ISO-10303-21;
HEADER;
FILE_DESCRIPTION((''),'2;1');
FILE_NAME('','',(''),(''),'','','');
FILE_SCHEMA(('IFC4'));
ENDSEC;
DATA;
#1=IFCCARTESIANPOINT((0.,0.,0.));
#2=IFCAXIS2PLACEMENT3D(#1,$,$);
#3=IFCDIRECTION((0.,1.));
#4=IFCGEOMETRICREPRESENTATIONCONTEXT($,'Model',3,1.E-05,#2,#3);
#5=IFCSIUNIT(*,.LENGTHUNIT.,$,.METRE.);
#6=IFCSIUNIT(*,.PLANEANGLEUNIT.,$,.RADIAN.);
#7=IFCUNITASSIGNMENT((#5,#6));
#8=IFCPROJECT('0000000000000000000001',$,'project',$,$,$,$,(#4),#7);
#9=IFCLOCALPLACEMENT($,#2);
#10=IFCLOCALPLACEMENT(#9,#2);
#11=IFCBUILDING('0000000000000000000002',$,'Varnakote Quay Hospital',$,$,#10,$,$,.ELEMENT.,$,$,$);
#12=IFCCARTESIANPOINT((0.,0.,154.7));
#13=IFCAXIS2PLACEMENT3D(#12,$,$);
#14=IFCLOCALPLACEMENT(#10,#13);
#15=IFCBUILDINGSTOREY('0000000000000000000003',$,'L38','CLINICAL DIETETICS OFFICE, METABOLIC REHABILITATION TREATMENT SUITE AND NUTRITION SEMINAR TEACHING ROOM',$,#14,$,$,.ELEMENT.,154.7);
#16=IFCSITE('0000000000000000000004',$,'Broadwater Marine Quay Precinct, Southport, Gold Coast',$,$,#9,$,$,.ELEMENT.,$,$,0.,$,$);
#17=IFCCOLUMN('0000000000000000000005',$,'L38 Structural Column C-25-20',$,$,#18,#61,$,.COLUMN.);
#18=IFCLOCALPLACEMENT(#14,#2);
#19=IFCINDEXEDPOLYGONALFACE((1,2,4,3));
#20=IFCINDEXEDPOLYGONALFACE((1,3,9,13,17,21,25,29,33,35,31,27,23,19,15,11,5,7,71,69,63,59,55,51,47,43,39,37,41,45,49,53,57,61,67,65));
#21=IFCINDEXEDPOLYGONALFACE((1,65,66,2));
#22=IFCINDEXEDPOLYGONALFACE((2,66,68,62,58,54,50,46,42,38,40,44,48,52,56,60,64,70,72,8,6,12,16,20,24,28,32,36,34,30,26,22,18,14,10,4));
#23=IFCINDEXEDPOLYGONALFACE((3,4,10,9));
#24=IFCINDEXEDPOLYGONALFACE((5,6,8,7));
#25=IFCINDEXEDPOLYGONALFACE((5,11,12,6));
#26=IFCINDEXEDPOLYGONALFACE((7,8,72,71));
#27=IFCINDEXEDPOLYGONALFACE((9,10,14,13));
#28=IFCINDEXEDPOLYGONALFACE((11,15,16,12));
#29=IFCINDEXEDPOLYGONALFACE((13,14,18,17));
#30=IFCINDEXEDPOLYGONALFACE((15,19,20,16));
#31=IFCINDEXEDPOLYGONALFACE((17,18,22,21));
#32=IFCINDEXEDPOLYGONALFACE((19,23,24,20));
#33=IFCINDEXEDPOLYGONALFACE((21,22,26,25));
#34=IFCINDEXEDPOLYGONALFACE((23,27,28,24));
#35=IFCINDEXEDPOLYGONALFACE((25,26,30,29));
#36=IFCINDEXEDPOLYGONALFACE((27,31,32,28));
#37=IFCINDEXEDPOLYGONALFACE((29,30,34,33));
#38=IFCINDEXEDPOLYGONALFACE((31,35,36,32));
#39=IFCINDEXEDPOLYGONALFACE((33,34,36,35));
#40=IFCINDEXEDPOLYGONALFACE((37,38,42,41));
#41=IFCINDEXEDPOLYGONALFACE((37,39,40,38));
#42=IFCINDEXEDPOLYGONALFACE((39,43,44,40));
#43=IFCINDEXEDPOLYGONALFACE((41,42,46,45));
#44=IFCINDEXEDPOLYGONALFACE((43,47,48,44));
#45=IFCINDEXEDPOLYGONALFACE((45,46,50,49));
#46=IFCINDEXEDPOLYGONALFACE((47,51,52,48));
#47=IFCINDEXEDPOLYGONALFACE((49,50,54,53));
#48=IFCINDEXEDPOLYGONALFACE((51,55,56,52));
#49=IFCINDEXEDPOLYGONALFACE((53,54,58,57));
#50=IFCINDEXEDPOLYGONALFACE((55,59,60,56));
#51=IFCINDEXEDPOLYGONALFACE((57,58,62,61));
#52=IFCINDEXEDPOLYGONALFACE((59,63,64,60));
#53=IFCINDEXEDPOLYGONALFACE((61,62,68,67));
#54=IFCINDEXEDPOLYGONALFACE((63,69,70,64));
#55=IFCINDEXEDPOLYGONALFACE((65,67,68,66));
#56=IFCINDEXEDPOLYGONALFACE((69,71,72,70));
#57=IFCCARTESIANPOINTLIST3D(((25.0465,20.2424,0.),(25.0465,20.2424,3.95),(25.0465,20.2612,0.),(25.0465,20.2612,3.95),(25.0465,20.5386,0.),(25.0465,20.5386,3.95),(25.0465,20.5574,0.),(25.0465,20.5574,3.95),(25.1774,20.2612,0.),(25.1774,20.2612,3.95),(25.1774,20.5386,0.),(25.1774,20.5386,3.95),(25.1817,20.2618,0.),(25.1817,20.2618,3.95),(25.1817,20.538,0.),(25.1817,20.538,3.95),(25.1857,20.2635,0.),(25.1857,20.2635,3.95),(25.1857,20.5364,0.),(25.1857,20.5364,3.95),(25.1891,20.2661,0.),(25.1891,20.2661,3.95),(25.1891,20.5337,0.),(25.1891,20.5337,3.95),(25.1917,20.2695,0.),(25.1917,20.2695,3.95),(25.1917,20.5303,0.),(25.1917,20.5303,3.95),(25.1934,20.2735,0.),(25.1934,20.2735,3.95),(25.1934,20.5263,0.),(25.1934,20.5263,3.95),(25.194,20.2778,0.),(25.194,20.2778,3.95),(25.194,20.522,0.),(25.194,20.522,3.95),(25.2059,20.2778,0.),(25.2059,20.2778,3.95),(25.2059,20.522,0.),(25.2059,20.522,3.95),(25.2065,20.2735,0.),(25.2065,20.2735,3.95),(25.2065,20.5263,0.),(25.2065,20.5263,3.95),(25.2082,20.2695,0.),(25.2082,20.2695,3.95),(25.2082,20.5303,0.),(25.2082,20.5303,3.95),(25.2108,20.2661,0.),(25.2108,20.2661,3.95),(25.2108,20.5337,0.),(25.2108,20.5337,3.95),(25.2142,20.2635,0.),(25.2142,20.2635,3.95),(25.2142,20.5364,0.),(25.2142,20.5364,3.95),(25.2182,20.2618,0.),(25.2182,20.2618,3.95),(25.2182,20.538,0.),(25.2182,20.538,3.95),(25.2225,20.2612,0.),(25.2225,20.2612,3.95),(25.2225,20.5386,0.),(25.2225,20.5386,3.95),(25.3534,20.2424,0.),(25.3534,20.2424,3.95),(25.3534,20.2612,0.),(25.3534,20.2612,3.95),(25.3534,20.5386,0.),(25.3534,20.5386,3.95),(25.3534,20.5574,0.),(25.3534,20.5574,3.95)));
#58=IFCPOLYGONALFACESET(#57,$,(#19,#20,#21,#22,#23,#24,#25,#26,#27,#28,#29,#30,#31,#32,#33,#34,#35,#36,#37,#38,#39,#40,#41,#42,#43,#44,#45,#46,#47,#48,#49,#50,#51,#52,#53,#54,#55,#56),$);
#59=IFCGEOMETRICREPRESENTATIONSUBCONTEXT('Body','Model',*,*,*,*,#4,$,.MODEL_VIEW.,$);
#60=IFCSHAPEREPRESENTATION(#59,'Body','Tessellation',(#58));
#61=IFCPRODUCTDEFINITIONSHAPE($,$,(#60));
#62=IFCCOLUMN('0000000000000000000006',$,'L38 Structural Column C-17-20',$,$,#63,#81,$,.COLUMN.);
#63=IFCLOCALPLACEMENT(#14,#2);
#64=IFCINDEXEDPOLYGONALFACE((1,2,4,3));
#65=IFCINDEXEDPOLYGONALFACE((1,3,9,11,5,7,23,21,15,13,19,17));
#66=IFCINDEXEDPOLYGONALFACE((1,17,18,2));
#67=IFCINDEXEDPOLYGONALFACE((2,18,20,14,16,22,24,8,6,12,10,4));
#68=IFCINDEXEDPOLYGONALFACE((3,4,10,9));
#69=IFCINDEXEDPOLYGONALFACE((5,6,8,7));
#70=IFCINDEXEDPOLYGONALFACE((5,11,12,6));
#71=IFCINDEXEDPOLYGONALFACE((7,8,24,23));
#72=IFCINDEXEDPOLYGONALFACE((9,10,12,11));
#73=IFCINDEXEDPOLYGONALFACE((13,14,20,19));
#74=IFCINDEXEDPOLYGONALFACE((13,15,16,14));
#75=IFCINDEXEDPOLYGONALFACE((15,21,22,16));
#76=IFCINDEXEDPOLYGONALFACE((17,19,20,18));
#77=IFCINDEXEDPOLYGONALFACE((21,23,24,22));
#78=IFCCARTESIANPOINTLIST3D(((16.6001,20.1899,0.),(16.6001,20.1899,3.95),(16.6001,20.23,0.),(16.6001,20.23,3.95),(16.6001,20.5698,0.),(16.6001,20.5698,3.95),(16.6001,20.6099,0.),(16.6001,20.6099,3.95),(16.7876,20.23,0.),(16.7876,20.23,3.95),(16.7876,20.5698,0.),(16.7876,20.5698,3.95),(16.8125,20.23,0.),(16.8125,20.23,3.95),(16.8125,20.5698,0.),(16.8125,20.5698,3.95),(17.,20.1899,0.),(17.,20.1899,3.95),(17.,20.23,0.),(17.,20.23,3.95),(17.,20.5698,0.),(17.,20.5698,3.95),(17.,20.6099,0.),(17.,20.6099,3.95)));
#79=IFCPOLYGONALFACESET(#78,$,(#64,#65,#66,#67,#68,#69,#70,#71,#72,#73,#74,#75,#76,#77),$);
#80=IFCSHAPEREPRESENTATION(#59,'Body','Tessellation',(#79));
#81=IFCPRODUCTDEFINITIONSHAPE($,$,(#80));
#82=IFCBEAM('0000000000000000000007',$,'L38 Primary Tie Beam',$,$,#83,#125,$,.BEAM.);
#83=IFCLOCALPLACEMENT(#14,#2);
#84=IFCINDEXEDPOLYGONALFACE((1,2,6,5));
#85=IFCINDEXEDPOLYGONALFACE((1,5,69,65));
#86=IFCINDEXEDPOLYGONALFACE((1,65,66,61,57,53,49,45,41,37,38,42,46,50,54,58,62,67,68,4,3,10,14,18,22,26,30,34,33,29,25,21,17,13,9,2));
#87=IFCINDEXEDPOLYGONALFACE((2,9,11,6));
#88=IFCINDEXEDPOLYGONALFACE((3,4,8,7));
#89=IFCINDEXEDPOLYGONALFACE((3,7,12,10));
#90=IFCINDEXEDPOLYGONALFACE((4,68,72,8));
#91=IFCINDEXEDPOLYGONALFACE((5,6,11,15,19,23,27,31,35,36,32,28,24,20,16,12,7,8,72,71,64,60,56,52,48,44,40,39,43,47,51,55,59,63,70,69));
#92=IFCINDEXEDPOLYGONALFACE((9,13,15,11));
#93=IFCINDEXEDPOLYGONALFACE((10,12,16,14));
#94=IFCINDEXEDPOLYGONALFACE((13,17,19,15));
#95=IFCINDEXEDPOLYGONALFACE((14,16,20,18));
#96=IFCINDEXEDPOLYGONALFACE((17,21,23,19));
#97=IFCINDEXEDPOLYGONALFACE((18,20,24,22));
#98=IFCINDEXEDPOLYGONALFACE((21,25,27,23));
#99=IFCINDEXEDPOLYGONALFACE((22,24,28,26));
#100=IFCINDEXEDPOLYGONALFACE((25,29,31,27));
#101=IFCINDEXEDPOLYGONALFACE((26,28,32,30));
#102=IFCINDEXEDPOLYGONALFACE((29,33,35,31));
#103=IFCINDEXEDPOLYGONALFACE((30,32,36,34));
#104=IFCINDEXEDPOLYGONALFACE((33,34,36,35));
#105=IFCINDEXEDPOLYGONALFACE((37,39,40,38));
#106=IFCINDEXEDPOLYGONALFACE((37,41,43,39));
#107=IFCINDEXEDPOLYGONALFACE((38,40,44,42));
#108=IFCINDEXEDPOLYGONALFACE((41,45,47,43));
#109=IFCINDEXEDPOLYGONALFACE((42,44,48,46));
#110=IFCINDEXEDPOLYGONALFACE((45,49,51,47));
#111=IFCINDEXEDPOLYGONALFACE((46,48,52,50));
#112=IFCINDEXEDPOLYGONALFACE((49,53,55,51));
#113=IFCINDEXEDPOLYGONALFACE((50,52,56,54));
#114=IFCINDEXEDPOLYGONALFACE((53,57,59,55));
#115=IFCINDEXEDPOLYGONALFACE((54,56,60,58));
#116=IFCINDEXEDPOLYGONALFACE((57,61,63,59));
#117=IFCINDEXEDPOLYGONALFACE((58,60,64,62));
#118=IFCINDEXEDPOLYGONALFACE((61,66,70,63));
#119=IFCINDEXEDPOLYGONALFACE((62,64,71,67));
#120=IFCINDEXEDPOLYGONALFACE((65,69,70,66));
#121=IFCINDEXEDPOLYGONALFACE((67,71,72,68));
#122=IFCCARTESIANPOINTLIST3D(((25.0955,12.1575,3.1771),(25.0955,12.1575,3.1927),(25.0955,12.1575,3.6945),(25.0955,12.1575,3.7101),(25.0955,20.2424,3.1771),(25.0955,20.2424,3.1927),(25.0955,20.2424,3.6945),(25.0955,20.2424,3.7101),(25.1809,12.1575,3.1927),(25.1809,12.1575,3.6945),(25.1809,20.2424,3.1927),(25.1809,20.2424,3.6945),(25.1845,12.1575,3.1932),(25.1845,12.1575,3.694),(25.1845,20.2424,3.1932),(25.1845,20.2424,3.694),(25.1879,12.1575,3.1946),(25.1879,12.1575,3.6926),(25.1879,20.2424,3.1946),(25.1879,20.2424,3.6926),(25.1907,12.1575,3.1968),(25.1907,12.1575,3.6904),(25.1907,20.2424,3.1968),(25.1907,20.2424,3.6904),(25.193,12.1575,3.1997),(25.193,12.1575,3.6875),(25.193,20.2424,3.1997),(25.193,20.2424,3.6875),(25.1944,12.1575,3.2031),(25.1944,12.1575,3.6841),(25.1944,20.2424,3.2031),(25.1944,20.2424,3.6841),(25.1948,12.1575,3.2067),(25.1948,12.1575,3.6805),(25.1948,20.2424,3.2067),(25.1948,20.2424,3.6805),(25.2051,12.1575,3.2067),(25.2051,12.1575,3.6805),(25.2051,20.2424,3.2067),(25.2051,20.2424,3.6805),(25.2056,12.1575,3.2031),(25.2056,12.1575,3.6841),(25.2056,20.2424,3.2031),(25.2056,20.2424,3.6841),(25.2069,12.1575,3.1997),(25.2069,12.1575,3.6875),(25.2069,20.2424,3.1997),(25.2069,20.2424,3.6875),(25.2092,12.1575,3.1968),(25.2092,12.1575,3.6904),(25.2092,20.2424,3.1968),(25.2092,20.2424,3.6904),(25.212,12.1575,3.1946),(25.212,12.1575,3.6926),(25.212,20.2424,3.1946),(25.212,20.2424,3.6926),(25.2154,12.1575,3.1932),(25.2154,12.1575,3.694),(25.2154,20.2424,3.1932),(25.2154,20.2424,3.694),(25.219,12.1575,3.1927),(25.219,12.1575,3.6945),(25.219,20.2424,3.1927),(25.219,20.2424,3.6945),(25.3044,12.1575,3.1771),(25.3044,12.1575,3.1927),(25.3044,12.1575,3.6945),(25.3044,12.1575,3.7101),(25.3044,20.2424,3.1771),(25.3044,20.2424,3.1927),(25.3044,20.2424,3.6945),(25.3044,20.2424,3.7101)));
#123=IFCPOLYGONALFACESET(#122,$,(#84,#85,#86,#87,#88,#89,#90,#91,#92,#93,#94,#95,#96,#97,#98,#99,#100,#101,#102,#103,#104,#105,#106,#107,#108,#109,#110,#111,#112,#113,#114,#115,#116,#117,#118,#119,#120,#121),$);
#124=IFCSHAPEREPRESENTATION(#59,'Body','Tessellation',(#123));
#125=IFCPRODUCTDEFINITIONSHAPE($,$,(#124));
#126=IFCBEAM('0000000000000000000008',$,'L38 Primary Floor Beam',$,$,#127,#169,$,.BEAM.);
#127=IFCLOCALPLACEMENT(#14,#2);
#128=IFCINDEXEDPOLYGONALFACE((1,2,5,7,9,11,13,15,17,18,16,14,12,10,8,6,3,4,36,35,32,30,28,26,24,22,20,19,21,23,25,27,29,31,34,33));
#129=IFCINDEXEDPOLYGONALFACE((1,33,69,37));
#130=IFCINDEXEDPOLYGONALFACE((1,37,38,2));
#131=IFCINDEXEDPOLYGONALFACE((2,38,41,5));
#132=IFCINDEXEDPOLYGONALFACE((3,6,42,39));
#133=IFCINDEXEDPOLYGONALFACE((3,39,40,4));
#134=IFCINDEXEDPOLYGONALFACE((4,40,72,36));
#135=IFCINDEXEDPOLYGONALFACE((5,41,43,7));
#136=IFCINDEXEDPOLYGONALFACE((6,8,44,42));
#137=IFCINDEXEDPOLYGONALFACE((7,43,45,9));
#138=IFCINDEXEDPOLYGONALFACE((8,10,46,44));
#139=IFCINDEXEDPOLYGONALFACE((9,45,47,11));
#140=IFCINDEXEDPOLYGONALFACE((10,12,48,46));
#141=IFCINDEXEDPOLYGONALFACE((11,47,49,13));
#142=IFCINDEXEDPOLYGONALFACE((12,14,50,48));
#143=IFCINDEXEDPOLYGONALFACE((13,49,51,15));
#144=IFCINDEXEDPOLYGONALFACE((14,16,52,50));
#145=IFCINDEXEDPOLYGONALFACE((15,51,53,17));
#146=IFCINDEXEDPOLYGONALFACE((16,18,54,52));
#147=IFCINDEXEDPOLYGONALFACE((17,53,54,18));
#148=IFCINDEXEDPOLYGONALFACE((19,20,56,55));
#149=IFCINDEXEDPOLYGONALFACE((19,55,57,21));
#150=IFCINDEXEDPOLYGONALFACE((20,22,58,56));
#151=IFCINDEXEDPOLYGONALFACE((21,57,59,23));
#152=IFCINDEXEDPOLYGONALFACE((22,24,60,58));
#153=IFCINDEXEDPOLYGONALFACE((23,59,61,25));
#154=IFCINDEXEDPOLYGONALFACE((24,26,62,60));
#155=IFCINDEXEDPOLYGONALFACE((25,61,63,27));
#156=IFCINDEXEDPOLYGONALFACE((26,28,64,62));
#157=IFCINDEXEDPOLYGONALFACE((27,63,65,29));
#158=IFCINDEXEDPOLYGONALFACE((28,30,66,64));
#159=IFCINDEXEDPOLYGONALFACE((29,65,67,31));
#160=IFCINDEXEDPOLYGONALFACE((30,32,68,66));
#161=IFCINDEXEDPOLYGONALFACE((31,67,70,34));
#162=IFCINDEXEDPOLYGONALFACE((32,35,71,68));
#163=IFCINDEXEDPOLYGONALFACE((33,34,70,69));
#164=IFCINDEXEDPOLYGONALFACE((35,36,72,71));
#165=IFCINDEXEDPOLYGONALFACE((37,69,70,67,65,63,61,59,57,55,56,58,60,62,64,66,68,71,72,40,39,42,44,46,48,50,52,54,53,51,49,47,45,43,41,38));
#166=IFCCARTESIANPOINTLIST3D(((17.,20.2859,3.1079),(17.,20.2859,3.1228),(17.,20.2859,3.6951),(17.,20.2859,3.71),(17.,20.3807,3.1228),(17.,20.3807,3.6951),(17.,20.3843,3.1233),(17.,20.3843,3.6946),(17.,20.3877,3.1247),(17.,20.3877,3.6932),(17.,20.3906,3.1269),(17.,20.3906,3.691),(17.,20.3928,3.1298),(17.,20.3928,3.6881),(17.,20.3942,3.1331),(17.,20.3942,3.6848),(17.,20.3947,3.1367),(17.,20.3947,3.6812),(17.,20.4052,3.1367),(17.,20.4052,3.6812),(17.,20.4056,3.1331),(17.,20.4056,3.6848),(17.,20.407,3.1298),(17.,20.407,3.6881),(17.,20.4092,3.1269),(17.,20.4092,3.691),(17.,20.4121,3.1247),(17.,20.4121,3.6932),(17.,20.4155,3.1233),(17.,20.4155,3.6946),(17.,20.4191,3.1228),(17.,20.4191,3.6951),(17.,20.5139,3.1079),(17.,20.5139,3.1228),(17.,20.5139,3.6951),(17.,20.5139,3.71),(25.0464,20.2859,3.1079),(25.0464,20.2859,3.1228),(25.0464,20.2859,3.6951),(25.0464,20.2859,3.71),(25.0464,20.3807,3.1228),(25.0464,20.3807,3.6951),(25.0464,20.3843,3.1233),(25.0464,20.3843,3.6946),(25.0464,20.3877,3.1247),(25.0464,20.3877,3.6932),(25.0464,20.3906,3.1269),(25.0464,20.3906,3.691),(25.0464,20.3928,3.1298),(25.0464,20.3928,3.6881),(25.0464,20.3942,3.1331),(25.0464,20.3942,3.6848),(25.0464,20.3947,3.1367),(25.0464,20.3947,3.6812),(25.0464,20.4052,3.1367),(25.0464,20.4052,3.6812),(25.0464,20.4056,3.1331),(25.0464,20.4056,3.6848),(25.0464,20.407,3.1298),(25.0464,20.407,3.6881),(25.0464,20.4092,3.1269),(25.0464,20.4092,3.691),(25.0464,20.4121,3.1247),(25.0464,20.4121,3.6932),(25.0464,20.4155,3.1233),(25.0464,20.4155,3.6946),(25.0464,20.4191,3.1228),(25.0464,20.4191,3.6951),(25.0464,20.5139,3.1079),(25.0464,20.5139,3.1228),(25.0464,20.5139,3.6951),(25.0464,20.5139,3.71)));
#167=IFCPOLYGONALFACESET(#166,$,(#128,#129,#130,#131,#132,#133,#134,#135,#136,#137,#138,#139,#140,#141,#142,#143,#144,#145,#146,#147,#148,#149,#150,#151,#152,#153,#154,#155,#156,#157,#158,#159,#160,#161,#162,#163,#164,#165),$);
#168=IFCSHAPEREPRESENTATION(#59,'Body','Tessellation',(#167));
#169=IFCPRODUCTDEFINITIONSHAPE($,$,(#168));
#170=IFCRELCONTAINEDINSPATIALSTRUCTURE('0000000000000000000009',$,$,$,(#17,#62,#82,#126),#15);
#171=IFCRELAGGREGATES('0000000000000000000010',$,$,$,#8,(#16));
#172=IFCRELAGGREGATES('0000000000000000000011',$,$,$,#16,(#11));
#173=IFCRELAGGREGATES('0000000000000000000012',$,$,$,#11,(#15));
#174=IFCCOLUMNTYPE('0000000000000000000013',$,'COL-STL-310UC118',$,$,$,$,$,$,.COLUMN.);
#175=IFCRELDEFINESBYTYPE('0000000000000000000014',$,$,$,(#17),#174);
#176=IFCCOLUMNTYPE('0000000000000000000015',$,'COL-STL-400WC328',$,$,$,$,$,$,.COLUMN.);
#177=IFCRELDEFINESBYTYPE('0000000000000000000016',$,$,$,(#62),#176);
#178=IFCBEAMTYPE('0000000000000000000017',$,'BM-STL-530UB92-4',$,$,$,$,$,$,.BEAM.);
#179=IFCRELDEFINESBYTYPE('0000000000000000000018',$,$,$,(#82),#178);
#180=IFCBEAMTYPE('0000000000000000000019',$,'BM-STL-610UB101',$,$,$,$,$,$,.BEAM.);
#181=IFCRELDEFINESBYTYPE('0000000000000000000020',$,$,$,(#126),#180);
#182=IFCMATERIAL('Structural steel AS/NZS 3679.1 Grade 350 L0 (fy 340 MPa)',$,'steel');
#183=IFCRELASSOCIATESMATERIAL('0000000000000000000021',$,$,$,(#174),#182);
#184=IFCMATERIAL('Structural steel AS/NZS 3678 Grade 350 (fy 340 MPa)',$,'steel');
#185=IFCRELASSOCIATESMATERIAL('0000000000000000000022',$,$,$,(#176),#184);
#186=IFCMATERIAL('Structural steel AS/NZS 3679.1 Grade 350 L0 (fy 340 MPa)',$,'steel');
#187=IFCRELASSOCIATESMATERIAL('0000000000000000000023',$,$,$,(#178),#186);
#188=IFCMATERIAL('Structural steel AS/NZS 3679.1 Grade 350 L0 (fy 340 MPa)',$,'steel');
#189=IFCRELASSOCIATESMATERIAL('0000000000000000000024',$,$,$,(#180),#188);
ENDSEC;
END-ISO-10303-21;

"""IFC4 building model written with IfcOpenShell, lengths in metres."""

from ifc_helpers import new_model, si_unit, direction, frame, origin, origin_2d, place, context, subcontext, project, spatial, i_section, extrude, material, material_profile, profile_set, type_object, element, save


model = new_model("IFC4")

# Units and contexts
model_context = context("Model", 3, precision=1e-05, world=origin(), true_north=direction((0.0, 1.0)))
body_context = subcontext(model_context, "Body", "Model", "MODEL_VIEW")
ifc_project = project(units=[si_unit("LENGTHUNIT", "METRE"), si_unit("PLANEANGLEUNIT", "RADIAN")], contexts=[model_context])

# Site, building, storey
site_placement = place(None, origin())
site = spatial("IfcSite", under=ifc_project, at=site_placement, Name="Broadwater Marine Quay Precinct, Southport, Gold Coast", CompositionType="ELEMENT", RefElevation=0.0)
building_placement = place(site_placement, origin())
building = spatial("IfcBuilding", under=site, at=building_placement, Name="Varnakote Quay Hospital", CompositionType="ELEMENT")
storey_placement = place(building_placement, frame((0.0, 0.0, 154.7)))
storey = spatial("IfcBuildingStorey", under=building, at=storey_placement, Name="L38", Description="CLINICAL DIETETICS OFFICE, METABOLIC REHABILITATION TREATMENT SUITE AND NUTRITION SEMINAR TEACHING ROOM", CompositionType="ELEMENT", Elevation=154.7)

# Columns
ifc_material_1 = material(Name="Structural steel AS/NZS 3679.1 Grade 350 L0 (fy 340 MPa)", Category="steel")
ifc_material_profile_1 = material_profile(ifc_material_1, i_section(OverallWidth=0.3069, OverallDepth=0.3149, WebThickness=0.012, FlangeThickness=0.0188, FilletRadius=0.0166, at=origin_2d()), Name="310UC118")
ifc_profile_set_1 = profile_set([ifc_material_profile_1], Name="Structural steel AS/NZS 3679.1 Grade 350 L0 (fy 340 MPa)")
column_type_1 = type_object("IfcColumnType", Name="COL-STL-310UC118", PredefinedType="COLUMN", material=ifc_profile_set_1)
column_1_placement = place(storey_placement, frame((25.2, 20.3999, 0.0), z_axis=(0.0, 0.0, 1.0), x_axis=(1.0, 0.0, 0.0)))
element("IfcColumn", 1, at=column_1_placement, inside=storey, type_object=column_type_1, Name="L38 Structural Column C-25-20", PredefinedType="COLUMN", context=body_context, shape_type="SweptSolid", body=[
    extrude(i_section(OverallWidth=0.3069, OverallDepth=0.3149, WebThickness=0.012, FlangeThickness=0.0188, FilletRadius=0.0166, at=origin_2d()), origin(), (0.0, 0.0, 1.0), 3.95),
])
ifc_material_2 = material(Name="Structural steel AS/NZS 3678 Grade 350 (fy 340 MPa)", Category="steel")
ifc_material_profile_2 = material_profile(ifc_material_2, i_section(OverallWidth=0.3999, OverallDepth=0.4199, WebThickness=0.0249, FlangeThickness=0.04, at=origin_2d()), Name="400WC328")
ifc_profile_set_2 = profile_set([ifc_material_profile_2], Name="Structural steel AS/NZS 3678 Grade 350 (fy 340 MPa)")
column_type_2 = type_object("IfcColumnType", Name="COL-STL-400WC328", PredefinedType="COLUMN", material=ifc_profile_set_2)
column_2_placement = place(storey_placement, frame((16.8, 20.3999, 0.0), z_axis=(0.0, 0.0, 1.0), x_axis=(1.0, 0.0, 0.0)))
element("IfcColumn", 2, at=column_2_placement, inside=storey, type_object=column_type_2, Name="L38 Structural Column C-17-20", PredefinedType="COLUMN", context=body_context, shape_type="SweptSolid", body=[
    extrude(i_section(OverallWidth=0.3999, OverallDepth=0.4199, WebThickness=0.0249, FlangeThickness=0.04, at=origin_2d()), origin(), (0.0, 0.0, 1.0), 3.95),
])

# Beams
ifc_material_3 = material(Name="Structural steel AS/NZS 3679.1 Grade 350 L0 (fy 340 MPa)", Category="steel")
ifc_material_profile_3 = material_profile(ifc_material_3, i_section(OverallWidth=0.209, OverallDepth=0.533, WebThickness=0.0103, FlangeThickness=0.0156, FilletRadius=0.0139, at=origin_2d()), Name="530UB92.4")
ifc_profile_set_3 = profile_set([ifc_material_profile_3], Name="Structural steel AS/NZS 3679.1 Grade 350 L0 (fy 340 MPa)")
beam_type_1 = type_object("IfcBeamType", Name="BM-STL-530UB92-4", PredefinedType="BEAM", material=ifc_profile_set_3)
beam_1_placement = place(storey_placement, frame((25.2, 12.1575, 3.4436), z_axis=(0.0, 1.0, 0.0), x_axis=(-1.0, 0.0, 0.0)))
element("IfcBeam", 3, at=beam_1_placement, inside=storey, type_object=beam_type_1, Name="L38 Primary Tie Beam", PredefinedType="BEAM", context=body_context, shape_type="SweptSolid", body=[
    extrude(i_section(OverallWidth=0.209, OverallDepth=0.533, WebThickness=0.0103, FlangeThickness=0.0156, FilletRadius=0.0139, at=origin_2d()), origin(), (0.0, 0.0, 1.0), 8.085),
])
ifc_material_4 = material(Name="Structural steel AS/NZS 3679.1 Grade 350 L0 (fy 340 MPa)", Category="steel")
ifc_material_profile_4 = material_profile(ifc_material_4, i_section(OverallWidth=0.228, OverallDepth=0.6021, WebThickness=0.0105, FlangeThickness=0.0149, FilletRadius=0.0139, at=origin_2d()), Name="610UB101")
ifc_profile_set_4 = profile_set([ifc_material_profile_4], Name="Structural steel AS/NZS 3679.1 Grade 350 L0 (fy 340 MPa)")
beam_type_2 = type_object("IfcBeamType", Name="BM-STL-610UB101", PredefinedType="BEAM", material=ifc_profile_set_4)
for number, where, z_axis, x_axis, name in (
    (4, (17.0, 20.3999, 3.4089), (1.0, 0.0, 0.0), (0.0, 1.0, 0.0), "L38 Primary Floor Beam"),
):
    element("IfcBeam", number, at=place(storey_placement, frame(where, z_axis=z_axis, x_axis=x_axis)), inside=storey, type_object=beam_type_2, Name=name, PredefinedType="BEAM", context=body_context, shape_type="SweptSolid", body=[
        extrude(i_section(OverallWidth=0.228, OverallDepth=0.6021, WebThickness=0.0105, FlangeThickness=0.0149, FilletRadius=0.0139, at=origin_2d()), origin(), (0.0, 0.0, 1.0), 8.0464),
    ])

save(model, "model.ifc")
